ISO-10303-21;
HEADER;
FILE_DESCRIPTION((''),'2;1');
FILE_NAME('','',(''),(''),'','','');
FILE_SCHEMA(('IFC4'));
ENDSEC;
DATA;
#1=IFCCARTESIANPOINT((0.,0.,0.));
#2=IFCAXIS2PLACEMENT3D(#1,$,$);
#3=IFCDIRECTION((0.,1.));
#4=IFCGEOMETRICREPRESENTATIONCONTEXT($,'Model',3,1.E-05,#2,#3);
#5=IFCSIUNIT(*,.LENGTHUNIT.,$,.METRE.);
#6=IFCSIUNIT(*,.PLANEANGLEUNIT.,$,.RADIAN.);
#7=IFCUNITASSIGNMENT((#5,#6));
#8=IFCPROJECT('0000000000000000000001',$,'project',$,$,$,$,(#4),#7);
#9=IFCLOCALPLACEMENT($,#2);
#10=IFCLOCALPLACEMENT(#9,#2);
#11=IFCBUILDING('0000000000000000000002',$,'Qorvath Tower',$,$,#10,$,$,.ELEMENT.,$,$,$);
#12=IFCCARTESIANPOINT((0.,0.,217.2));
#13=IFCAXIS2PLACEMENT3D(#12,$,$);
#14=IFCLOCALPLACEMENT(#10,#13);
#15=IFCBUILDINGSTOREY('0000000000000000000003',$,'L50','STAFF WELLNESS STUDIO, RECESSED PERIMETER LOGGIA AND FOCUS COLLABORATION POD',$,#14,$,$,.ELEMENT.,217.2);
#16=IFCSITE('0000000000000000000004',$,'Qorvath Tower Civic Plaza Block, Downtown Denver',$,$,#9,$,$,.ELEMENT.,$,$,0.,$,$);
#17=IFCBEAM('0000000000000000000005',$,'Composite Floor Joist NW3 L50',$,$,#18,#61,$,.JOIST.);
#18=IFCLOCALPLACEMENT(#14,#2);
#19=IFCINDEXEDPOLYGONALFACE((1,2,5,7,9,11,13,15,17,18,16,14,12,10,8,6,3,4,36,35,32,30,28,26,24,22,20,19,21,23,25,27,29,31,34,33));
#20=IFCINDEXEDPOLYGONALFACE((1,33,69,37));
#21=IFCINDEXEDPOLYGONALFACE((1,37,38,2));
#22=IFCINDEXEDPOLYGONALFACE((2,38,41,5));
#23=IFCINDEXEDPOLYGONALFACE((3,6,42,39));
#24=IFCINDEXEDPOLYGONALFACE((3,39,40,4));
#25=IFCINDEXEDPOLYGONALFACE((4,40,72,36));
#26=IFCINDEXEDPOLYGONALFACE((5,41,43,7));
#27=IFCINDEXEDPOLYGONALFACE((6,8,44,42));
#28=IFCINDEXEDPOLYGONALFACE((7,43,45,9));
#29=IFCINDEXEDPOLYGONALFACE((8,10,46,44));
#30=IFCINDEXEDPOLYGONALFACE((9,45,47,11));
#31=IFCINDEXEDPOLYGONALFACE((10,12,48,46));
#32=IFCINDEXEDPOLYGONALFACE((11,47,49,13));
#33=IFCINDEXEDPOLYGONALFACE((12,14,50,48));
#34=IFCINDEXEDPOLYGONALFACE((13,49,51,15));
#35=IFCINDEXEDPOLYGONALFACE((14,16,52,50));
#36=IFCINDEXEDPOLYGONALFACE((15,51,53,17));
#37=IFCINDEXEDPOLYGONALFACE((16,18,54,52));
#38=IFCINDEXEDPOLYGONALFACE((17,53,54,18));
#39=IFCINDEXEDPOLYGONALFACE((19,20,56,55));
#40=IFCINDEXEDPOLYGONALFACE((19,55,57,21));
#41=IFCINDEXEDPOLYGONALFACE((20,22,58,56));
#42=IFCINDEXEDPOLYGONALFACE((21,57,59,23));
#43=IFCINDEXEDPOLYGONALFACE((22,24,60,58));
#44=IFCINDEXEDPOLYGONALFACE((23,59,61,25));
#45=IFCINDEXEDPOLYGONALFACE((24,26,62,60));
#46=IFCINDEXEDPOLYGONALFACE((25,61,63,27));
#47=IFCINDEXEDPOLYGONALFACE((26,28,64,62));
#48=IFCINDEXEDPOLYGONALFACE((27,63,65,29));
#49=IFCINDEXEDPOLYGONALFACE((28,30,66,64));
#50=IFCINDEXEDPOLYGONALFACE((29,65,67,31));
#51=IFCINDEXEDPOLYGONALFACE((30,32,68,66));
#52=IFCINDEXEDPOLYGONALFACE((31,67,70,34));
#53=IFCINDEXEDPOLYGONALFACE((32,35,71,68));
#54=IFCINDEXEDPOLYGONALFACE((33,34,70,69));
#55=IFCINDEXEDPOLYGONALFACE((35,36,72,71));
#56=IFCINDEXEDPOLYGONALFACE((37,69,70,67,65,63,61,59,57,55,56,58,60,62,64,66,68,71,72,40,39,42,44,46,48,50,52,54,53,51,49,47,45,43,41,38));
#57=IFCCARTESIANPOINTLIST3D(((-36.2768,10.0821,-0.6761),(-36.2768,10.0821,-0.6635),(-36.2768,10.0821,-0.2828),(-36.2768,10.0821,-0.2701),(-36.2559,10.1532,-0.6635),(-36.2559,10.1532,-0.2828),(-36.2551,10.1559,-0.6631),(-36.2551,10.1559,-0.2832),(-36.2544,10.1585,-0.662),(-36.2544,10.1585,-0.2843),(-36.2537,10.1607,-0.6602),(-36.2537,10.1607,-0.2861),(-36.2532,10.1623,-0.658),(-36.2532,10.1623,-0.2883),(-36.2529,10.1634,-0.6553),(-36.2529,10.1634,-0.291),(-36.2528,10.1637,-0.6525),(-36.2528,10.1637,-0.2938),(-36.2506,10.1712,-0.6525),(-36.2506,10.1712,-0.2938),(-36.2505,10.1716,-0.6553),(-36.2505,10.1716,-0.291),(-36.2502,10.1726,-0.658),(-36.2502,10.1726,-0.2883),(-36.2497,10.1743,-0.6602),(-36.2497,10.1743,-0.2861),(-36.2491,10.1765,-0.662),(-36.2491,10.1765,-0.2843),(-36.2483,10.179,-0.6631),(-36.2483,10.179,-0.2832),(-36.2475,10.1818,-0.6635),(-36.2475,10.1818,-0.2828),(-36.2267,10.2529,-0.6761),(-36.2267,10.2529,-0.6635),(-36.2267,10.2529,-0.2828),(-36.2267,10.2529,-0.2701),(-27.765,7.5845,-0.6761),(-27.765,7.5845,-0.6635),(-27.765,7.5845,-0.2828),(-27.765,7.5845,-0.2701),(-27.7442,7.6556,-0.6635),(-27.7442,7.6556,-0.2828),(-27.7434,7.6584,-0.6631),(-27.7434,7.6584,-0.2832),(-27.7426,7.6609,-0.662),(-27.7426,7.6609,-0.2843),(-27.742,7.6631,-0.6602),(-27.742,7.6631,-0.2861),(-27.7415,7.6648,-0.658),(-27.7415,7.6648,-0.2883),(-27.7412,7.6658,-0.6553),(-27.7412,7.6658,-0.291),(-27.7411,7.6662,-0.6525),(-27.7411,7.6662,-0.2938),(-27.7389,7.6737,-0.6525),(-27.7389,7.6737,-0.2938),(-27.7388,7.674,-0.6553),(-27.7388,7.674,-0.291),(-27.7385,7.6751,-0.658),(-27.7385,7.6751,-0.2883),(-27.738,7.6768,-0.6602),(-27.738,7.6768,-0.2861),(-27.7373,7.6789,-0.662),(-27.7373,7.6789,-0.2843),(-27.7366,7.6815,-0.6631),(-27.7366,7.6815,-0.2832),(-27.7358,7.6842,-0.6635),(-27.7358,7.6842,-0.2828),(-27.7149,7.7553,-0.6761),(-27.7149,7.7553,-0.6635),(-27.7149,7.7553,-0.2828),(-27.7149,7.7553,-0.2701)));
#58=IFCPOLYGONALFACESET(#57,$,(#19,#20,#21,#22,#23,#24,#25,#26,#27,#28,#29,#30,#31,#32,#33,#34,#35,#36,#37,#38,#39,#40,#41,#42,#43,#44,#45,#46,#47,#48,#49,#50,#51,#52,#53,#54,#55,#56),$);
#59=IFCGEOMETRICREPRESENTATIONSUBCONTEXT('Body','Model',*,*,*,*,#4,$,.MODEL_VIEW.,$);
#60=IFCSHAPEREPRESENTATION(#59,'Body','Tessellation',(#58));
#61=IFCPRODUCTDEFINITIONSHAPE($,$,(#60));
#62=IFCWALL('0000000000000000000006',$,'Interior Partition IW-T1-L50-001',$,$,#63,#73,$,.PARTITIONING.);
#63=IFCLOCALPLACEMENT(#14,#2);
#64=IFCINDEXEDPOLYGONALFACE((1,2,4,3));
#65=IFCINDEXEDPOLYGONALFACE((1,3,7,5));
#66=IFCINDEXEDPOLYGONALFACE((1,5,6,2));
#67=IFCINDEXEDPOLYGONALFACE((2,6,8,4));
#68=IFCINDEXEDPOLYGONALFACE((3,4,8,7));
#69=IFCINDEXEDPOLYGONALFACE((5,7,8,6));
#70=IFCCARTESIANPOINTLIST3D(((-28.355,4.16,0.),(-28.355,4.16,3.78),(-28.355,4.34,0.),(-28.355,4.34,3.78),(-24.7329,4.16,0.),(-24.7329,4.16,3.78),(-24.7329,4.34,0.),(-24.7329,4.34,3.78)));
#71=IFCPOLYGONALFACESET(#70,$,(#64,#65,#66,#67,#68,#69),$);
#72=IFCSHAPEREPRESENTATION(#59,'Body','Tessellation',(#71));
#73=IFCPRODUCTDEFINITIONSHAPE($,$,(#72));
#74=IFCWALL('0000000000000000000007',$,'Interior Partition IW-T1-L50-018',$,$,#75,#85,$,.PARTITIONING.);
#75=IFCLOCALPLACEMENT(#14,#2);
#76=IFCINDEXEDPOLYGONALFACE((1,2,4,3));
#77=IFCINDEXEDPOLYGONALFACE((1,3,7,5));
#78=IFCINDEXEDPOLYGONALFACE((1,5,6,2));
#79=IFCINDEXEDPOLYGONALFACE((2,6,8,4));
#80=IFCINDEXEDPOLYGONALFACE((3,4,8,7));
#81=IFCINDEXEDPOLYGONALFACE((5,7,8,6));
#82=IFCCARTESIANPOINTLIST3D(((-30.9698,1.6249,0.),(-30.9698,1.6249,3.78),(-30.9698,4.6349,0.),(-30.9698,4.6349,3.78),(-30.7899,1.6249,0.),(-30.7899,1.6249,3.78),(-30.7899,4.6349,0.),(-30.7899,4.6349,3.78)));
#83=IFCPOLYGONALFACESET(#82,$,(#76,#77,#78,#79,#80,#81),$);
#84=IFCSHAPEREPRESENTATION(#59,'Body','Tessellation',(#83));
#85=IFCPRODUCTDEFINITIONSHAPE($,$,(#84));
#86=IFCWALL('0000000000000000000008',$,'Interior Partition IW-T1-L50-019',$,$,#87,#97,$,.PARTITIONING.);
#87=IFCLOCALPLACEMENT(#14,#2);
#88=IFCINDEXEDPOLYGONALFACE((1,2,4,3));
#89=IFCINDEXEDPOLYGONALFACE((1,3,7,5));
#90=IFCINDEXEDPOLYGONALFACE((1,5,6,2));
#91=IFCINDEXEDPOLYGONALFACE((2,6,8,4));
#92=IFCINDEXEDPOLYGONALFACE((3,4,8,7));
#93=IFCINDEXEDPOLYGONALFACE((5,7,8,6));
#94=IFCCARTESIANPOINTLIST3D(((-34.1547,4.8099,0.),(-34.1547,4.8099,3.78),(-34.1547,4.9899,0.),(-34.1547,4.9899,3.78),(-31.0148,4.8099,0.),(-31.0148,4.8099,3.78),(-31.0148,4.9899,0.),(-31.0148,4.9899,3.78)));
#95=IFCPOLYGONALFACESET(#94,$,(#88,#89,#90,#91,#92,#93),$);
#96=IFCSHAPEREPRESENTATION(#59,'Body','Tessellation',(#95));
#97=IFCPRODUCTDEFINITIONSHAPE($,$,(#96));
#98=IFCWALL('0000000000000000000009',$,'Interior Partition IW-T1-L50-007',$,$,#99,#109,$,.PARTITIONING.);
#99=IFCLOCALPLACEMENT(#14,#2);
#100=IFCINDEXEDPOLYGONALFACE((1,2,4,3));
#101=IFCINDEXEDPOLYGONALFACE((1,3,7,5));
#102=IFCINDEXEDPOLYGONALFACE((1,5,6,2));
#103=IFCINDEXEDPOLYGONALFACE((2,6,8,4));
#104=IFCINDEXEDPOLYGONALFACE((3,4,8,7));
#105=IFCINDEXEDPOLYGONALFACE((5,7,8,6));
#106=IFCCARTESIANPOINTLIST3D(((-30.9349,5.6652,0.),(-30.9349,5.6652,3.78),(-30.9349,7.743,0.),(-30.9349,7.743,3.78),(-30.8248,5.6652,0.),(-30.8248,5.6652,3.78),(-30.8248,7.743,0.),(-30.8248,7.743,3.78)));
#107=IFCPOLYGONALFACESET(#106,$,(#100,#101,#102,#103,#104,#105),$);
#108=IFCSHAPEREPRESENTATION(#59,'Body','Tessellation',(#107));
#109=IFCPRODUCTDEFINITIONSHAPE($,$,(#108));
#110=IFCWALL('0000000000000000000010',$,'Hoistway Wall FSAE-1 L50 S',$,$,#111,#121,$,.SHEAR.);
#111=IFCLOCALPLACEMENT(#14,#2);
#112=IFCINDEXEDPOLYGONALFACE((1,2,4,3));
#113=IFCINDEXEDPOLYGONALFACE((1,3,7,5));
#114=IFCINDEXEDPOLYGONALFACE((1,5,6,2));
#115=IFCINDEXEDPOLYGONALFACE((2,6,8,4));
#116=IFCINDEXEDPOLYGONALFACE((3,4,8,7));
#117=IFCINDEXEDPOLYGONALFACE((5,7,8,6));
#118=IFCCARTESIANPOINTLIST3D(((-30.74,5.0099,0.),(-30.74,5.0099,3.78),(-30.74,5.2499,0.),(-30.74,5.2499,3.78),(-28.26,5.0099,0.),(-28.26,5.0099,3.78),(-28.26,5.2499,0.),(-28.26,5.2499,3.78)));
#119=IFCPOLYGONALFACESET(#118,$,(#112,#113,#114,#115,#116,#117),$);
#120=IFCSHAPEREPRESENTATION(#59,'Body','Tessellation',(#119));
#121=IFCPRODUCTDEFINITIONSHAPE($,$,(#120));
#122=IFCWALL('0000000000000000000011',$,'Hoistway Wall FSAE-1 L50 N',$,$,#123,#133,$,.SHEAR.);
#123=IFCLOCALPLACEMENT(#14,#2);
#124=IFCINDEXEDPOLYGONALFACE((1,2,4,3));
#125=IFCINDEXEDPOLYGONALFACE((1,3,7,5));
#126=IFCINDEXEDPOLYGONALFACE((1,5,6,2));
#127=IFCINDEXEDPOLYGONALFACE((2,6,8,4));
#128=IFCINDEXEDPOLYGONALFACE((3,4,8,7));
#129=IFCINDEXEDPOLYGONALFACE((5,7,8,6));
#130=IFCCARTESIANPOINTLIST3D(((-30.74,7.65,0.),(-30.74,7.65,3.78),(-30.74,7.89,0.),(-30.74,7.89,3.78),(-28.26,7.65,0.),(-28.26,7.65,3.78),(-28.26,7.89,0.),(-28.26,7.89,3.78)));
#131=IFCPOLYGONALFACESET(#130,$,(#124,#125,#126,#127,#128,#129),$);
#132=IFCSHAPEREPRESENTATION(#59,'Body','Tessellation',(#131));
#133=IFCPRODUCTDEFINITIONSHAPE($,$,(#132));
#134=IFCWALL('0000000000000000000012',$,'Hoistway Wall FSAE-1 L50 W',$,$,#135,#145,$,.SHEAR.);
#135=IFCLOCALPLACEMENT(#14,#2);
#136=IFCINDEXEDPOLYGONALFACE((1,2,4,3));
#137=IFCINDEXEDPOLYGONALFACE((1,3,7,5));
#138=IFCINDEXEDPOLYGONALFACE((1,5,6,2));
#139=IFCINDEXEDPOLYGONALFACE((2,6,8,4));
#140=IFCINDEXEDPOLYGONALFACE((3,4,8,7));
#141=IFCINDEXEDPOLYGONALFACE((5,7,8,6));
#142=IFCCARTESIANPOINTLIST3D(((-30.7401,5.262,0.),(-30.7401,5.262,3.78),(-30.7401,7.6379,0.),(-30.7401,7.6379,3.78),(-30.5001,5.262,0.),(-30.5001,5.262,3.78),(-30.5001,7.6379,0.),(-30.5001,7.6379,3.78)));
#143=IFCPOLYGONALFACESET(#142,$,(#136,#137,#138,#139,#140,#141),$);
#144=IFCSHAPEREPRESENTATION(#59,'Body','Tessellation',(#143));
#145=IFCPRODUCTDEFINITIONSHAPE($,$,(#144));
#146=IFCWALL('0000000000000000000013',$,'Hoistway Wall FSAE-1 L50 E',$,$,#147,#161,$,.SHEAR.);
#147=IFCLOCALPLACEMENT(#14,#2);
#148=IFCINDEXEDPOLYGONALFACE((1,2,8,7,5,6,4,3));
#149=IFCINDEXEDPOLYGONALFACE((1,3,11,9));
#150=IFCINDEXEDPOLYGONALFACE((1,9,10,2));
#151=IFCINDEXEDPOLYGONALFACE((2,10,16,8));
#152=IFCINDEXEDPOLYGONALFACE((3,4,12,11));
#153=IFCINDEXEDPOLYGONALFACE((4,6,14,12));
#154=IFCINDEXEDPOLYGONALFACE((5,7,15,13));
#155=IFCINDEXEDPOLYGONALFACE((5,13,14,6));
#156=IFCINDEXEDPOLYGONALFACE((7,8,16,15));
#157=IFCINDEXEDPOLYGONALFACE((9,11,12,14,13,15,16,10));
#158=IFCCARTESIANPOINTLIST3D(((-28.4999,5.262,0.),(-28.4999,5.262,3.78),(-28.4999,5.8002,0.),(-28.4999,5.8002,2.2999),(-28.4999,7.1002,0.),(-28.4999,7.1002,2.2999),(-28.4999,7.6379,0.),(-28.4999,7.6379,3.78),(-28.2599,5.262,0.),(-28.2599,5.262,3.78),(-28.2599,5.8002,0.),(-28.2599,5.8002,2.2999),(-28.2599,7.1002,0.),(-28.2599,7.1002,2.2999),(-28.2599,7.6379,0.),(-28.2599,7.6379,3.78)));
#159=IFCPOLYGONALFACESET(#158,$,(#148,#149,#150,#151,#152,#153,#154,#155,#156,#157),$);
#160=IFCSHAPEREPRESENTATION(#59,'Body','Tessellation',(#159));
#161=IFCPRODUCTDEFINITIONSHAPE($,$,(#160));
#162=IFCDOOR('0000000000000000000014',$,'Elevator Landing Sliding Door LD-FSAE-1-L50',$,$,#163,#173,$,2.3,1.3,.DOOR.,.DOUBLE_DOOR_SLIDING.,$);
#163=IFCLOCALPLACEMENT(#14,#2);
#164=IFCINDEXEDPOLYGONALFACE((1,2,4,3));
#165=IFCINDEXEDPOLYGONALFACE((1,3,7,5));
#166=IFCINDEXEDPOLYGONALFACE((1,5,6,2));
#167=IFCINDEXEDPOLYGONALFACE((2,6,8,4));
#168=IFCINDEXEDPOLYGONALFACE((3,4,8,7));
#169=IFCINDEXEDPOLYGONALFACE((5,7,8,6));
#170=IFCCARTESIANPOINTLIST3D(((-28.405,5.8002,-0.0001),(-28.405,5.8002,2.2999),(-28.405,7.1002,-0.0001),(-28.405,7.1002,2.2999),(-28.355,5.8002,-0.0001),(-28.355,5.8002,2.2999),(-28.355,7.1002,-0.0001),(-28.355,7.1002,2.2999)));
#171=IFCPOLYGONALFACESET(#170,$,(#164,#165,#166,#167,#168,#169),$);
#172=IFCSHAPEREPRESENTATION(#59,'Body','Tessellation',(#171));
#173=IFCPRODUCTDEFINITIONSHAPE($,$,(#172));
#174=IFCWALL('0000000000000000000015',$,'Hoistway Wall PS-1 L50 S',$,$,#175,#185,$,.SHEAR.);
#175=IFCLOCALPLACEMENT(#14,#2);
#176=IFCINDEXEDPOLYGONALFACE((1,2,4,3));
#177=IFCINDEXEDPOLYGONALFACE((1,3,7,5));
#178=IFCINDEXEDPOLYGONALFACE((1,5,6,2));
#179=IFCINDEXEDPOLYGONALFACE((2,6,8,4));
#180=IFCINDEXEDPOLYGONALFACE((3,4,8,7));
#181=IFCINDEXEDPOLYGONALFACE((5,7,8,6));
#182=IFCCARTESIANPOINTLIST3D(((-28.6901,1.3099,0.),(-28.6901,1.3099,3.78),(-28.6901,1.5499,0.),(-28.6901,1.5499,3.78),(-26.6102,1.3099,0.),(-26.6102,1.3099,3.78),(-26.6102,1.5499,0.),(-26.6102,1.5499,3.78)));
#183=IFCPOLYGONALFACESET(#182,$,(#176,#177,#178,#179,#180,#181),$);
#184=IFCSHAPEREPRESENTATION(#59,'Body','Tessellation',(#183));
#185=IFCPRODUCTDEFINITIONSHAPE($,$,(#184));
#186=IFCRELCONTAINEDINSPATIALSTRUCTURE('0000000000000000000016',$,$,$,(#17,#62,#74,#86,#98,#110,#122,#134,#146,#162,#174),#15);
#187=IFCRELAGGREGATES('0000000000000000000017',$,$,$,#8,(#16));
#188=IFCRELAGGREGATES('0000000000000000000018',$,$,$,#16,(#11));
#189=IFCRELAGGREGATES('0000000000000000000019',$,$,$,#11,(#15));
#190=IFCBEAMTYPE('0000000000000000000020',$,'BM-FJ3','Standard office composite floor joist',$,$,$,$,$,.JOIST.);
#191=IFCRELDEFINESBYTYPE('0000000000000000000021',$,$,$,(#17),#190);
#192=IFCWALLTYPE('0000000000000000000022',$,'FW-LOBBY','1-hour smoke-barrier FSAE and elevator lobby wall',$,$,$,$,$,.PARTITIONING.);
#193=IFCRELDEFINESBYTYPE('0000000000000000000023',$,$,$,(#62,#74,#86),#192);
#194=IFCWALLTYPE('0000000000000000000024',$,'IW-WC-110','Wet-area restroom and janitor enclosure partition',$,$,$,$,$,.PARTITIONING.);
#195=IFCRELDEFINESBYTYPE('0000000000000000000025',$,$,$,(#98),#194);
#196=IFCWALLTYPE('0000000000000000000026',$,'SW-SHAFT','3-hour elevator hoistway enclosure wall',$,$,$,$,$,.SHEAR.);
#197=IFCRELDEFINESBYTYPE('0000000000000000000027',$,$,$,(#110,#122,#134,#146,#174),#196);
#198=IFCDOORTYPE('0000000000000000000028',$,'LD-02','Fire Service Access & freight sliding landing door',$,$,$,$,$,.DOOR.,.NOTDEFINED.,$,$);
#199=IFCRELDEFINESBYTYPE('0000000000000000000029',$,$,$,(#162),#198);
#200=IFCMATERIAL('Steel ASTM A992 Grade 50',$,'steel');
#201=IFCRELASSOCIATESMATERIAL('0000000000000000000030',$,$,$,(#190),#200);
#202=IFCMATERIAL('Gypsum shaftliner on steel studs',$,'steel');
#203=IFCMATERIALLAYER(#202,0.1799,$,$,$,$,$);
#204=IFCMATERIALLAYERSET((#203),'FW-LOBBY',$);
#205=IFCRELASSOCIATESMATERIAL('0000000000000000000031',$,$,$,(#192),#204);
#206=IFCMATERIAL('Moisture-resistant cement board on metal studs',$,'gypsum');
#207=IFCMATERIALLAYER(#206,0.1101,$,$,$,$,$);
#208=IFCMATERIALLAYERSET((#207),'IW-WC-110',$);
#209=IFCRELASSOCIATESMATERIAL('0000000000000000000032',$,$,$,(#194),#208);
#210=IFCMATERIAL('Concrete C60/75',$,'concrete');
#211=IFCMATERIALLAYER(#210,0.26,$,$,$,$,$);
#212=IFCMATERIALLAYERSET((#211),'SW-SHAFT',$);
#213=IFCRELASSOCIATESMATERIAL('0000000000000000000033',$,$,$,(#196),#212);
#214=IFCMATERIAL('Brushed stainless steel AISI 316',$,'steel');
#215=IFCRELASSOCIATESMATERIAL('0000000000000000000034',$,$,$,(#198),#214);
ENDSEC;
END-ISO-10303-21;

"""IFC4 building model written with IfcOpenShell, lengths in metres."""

from ifc_helpers import new_model, si_unit, direction, frame, frame_2d, origin, origin_2d, place, context, subcontext, project, spatial, rectangle, i_section, extrude, material, layer, layer_set, material_profile, profile_set, type_object, element, fill, save


model = new_model("IFC4")

# Units and contexts
model_context = context("Model", 3, precision=1e-05, world=origin(), true_north=direction((0.0, 1.0)))
body_context = subcontext(model_context, "Body", "Model", "MODEL_VIEW")
ifc_project = project(units=[si_unit("LENGTHUNIT", "METRE"), si_unit("PLANEANGLEUNIT", "RADIAN")], contexts=[model_context])

# Site, building, storey
site_placement = place(None, origin())
site = spatial("IfcSite", under=ifc_project, at=site_placement, Name="Qorvath Tower Civic Plaza Block, Downtown Denver", CompositionType="ELEMENT", RefElevation=0.0)
building_placement = place(site_placement, origin())
building = spatial("IfcBuilding", under=site, at=building_placement, Name="Qorvath Tower", CompositionType="ELEMENT")
storey_placement = place(building_placement, frame((0.0, 0.0, 217.2)))
storey = spatial("IfcBuildingStorey", under=building, at=storey_placement, Name="L50", Description="STAFF WELLNESS STUDIO, RECESSED PERIMETER LOGGIA AND FOCUS COLLABORATION POD", CompositionType="ELEMENT", Elevation=217.2)

# Beam
ifc_material_1 = material(Name="Steel ASTM A992 Grade 50", Category="steel")
ifc_material_profile_1 = material_profile(ifc_material_1, i_section(OverallWidth=0.178, OverallDepth=0.406, WebThickness=0.0078, FlangeThickness=0.0127, FilletRadius=0.011, at=origin_2d()), Name="W16x40")
ifc_profile_set_1 = profile_set([ifc_material_profile_1], Name="Steel ASTM A992 Grade 50")
beam_type_1 = type_object("IfcBeamType", Name="BM-FJ3", Description="Standard office composite floor joist", PredefinedType="JOIST", material=ifc_profile_set_1)
beam_1_placement = place(storey_placement, frame((-27.74, 7.6699, -0.4731), z_axis=(-0.959545, 0.281555, 0.0), x_axis=(-0.281555, -0.959545, 0.0)))
element("IfcBeam", 1, at=beam_1_placement, inside=storey, type_object=beam_type_1, Name="Composite Floor Joist NW3 L50", PredefinedType="JOIST", context=body_context, shape_type="SweptSolid", body=[
    extrude(i_section(OverallWidth=0.178, OverallDepth=0.406, WebThickness=0.0078, FlangeThickness=0.0127, FilletRadius=0.011, at=origin_2d()), origin(), (0.0, 0.0, 1.0), 8.8706),
])

# Walls
ifc_material_2 = material(Name="Gypsum shaftliner on steel studs", Category="steel")
ifc_layer_1 = layer(ifc_material_2, 0.1799)
ifc_layer_set_1 = layer_set([ifc_layer_1], Name="FW-LOBBY")
wall_type_1 = type_object("IfcWallType", Name="FW-LOBBY", Description="1-hour smoke-barrier FSAE and elevator lobby wall", PredefinedType="PARTITIONING", material=ifc_layer_set_1)
wall_1_placement = place(storey_placement, frame((-28.355, 4.25, 0.0), z_axis=(0.0, 0.0, 1.0), x_axis=(1.0, 0.0, 0.0)))
element("IfcWall", 2, at=wall_1_placement, inside=storey, type_object=wall_type_1, Name="Interior Partition IW-T1-L50-001", PredefinedType="PARTITIONING", context=body_context, shape_type="SweptSolid", body=[
    extrude(rectangle(XDim=3.6221, YDim=0.1799, at=frame_2d((1.811, 0.0))), origin(), (0.0, 0.0, 1.0), 3.78),
])
wall_2_placement = place(storey_placement, frame((-30.8799, 1.625, 0.0), z_axis=(0.0, 0.0, 1.0), x_axis=(0.0, 1.0, 0.0)))
element("IfcWall", 3, at=wall_2_placement, inside=storey, type_object=wall_type_1, Name="Interior Partition IW-T1-L50-018", PredefinedType="PARTITIONING", context=body_context, shape_type="SweptSolid", body=[
    extrude(rectangle(XDim=3.01, YDim=0.1799, at=frame_2d((1.5049, 0.0))), origin(), (0.0, 0.0, 1.0), 3.78),
])
wall_3_placement = place(storey_placement, frame((-31.0149, 4.8999, 0.0), z_axis=(0.0, 0.0, 1.0), x_axis=(-1.0, 0.0, 0.0)))
element("IfcWall", 4, at=wall_3_placement, inside=storey, type_object=wall_type_1, Name="Interior Partition IW-T1-L50-019", PredefinedType="PARTITIONING", context=body_context, shape_type="SweptSolid", body=[
    extrude(rectangle(XDim=3.1399, YDim=0.1799, at=frame_2d((1.5698, 0.0))), origin(), (0.0, 0.0, 1.0), 3.78),
])
ifc_material_3 = material(Name="Moisture-resistant cement board on metal studs", Category="gypsum")
ifc_layer_2 = layer(ifc_material_3, 0.1101)
ifc_layer_set_2 = layer_set([ifc_layer_2], Name="IW-WC-110")
wall_type_2 = type_object("IfcWallType", Name="IW-WC-110", Description="Wet-area restroom and janitor enclosure partition", PredefinedType="PARTITIONING", material=ifc_layer_set_2)
wall_4_placement = place(storey_placement, frame((-30.8799, 5.665, 0.0), z_axis=(0.0, 0.0, 1.0), x_axis=(0.0, 1.0, 0.0)))
element("IfcWall", 5, at=wall_4_placement, inside=storey, type_object=wall_type_2, Name="Interior Partition IW-T1-L50-007", PredefinedType="PARTITIONING", context=body_context, shape_type="SweptSolid", body=[
    extrude(rectangle(XDim=2.0779, YDim=0.1101, at=frame_2d((1.0391, 0.0))), origin(), (0.0, 0.0, 1.0), 3.78),
])
ifc_material_4 = material(Name="Concrete C60/75", Category="concrete")
ifc_layer_3 = layer(ifc_material_4, 0.26)
ifc_layer_set_3 = layer_set([ifc_layer_3], Name="SW-SHAFT")
wall_type_3 = type_object("IfcWallType", Name="SW-SHAFT", Description="3-hour elevator hoistway enclosure wall", PredefinedType="SHEAR", material=ifc_layer_set_3)
for number, where, z_axis, x_axis, name in (
    (6, (-28.26, 5.1299, 0.0), (0.0, 0.0, 1.0), (-1.0, 0.0, 0.0), "Hoistway Wall FSAE-1 L50 S"),
    (7, (-30.74, 7.77, 0.0), (0.0, 0.0, 1.0), (1.0, 0.0, 0.0), "Hoistway Wall FSAE-1 L50 N"),
):
    element("IfcWall", number, at=place(storey_placement, frame(where, z_axis=z_axis, x_axis=x_axis)), inside=storey, type_object=wall_type_3, Name=name, PredefinedType="SHEAR", context=body_context, shape_type="SweptSolid", body=[
        extrude(rectangle(XDim=2.48, YDim=0.24, at=frame_2d((1.24, 0.0))), origin(), (0.0, 0.0, 1.0), 3.78),
    ])
wall_5_placement = place(storey_placement, frame((-30.6201, 5.262, 0.0), z_axis=(0.0, 0.0, 1.0), x_axis=(0.0, 1.0, 0.0)))
element("IfcWall", 8, at=wall_5_placement, inside=storey, type_object=wall_type_3, Name="Hoistway Wall FSAE-1 L50 W", PredefinedType="SHEAR", context=body_context, shape_type="SweptSolid", body=[
    extrude(rectangle(XDim=2.376, YDim=0.24, at=frame_2d((1.188, 0.0))), origin(), (0.0, 0.0, 1.0), 3.78),
])

# Wall, opening, door
wall_6_placement = place(storey_placement, frame((-28.3799, 7.6379, 0.0), z_axis=(0.0, 0.0, 1.0), x_axis=(0.0, -1.0, 0.0)))
wall_6 = element("IfcWall", 9, at=wall_6_placement, inside=storey, type_object=wall_type_3, Name="Hoistway Wall FSAE-1 L50 E", PredefinedType="SHEAR", context=body_context, shape_type="SweptSolid", body=[
    extrude(rectangle(XDim=2.376, YDim=0.24, at=frame_2d((1.188, 0.0))), origin(), (0.0, 0.0, 1.0), 3.78),
])
opening_placement = place(wall_6_placement, frame((0.5378, 0.0, 0.0)))
opening = element("IfcOpeningElement", 10, at=opening_placement, cuts=wall_6, PredefinedType="OPENING", context=body_context, shape_type="SweptSolid", body=[
    extrude(rectangle(XDim=1.3, YDim=2.3, at=frame_2d((0.6499, 1.1499))), frame((0.0, 0.1299, 0.0), z_axis=(0.0, -1.0, 0.0), x_axis=(1.0, 0.0, 0.0)), (0.0, 0.0, 1.0), 0.26),
])
ifc_material_5 = material(Name="Brushed stainless steel AISI 316", Category="steel")
door_type = type_object("IfcDoorType", Name="LD-02", Description="Fire Service Access & freight sliding landing door", OperationType="NOTDEFINED", PredefinedType="DOOR", material=ifc_material_5)
door_placement = place(opening_placement, origin())
door = element("IfcDoor", 11, at=door_placement, inside=storey, type_object=door_type, Name="Elevator Landing Sliding Door LD-FSAE-1-L50", OperationType="DOUBLE_DOOR_SLIDING", OverallHeight=2.3, OverallWidth=1.3, PredefinedType="DOOR", context=body_context, shape_type="SweptSolid", body=[
    extrude(rectangle(XDim=1.3, YDim=2.3, at=frame_2d((0.6499, 1.1499))), frame((0.0, 0.0249, 0.0), z_axis=(0.0, -1.0, 0.0), x_axis=(1.0, 0.0, 0.0)), (0.0, 0.0, 1.0), 0.05),
])
fill(opening, door)

# Wall
for number, where, z_axis, x_axis, name in (
    (12, (-26.6101, 1.4299, 0.0), (0.0, 0.0, 1.0), (-1.0, 0.0, 0.0), "Hoistway Wall PS-1 L50 S"),
):
    element("IfcWall", number, at=place(storey_placement, frame(where, z_axis=z_axis, x_axis=x_axis)), inside=storey, type_object=wall_type_3, Name=name, PredefinedType="SHEAR", context=body_context, shape_type="SweptSolid", body=[
        extrude(rectangle(XDim=2.0798, YDim=0.24, at=frame_2d((1.04, 0.0))), origin(), (0.0, 0.0, 1.0), 3.78),
    ])

save(model, "model.ifc")
